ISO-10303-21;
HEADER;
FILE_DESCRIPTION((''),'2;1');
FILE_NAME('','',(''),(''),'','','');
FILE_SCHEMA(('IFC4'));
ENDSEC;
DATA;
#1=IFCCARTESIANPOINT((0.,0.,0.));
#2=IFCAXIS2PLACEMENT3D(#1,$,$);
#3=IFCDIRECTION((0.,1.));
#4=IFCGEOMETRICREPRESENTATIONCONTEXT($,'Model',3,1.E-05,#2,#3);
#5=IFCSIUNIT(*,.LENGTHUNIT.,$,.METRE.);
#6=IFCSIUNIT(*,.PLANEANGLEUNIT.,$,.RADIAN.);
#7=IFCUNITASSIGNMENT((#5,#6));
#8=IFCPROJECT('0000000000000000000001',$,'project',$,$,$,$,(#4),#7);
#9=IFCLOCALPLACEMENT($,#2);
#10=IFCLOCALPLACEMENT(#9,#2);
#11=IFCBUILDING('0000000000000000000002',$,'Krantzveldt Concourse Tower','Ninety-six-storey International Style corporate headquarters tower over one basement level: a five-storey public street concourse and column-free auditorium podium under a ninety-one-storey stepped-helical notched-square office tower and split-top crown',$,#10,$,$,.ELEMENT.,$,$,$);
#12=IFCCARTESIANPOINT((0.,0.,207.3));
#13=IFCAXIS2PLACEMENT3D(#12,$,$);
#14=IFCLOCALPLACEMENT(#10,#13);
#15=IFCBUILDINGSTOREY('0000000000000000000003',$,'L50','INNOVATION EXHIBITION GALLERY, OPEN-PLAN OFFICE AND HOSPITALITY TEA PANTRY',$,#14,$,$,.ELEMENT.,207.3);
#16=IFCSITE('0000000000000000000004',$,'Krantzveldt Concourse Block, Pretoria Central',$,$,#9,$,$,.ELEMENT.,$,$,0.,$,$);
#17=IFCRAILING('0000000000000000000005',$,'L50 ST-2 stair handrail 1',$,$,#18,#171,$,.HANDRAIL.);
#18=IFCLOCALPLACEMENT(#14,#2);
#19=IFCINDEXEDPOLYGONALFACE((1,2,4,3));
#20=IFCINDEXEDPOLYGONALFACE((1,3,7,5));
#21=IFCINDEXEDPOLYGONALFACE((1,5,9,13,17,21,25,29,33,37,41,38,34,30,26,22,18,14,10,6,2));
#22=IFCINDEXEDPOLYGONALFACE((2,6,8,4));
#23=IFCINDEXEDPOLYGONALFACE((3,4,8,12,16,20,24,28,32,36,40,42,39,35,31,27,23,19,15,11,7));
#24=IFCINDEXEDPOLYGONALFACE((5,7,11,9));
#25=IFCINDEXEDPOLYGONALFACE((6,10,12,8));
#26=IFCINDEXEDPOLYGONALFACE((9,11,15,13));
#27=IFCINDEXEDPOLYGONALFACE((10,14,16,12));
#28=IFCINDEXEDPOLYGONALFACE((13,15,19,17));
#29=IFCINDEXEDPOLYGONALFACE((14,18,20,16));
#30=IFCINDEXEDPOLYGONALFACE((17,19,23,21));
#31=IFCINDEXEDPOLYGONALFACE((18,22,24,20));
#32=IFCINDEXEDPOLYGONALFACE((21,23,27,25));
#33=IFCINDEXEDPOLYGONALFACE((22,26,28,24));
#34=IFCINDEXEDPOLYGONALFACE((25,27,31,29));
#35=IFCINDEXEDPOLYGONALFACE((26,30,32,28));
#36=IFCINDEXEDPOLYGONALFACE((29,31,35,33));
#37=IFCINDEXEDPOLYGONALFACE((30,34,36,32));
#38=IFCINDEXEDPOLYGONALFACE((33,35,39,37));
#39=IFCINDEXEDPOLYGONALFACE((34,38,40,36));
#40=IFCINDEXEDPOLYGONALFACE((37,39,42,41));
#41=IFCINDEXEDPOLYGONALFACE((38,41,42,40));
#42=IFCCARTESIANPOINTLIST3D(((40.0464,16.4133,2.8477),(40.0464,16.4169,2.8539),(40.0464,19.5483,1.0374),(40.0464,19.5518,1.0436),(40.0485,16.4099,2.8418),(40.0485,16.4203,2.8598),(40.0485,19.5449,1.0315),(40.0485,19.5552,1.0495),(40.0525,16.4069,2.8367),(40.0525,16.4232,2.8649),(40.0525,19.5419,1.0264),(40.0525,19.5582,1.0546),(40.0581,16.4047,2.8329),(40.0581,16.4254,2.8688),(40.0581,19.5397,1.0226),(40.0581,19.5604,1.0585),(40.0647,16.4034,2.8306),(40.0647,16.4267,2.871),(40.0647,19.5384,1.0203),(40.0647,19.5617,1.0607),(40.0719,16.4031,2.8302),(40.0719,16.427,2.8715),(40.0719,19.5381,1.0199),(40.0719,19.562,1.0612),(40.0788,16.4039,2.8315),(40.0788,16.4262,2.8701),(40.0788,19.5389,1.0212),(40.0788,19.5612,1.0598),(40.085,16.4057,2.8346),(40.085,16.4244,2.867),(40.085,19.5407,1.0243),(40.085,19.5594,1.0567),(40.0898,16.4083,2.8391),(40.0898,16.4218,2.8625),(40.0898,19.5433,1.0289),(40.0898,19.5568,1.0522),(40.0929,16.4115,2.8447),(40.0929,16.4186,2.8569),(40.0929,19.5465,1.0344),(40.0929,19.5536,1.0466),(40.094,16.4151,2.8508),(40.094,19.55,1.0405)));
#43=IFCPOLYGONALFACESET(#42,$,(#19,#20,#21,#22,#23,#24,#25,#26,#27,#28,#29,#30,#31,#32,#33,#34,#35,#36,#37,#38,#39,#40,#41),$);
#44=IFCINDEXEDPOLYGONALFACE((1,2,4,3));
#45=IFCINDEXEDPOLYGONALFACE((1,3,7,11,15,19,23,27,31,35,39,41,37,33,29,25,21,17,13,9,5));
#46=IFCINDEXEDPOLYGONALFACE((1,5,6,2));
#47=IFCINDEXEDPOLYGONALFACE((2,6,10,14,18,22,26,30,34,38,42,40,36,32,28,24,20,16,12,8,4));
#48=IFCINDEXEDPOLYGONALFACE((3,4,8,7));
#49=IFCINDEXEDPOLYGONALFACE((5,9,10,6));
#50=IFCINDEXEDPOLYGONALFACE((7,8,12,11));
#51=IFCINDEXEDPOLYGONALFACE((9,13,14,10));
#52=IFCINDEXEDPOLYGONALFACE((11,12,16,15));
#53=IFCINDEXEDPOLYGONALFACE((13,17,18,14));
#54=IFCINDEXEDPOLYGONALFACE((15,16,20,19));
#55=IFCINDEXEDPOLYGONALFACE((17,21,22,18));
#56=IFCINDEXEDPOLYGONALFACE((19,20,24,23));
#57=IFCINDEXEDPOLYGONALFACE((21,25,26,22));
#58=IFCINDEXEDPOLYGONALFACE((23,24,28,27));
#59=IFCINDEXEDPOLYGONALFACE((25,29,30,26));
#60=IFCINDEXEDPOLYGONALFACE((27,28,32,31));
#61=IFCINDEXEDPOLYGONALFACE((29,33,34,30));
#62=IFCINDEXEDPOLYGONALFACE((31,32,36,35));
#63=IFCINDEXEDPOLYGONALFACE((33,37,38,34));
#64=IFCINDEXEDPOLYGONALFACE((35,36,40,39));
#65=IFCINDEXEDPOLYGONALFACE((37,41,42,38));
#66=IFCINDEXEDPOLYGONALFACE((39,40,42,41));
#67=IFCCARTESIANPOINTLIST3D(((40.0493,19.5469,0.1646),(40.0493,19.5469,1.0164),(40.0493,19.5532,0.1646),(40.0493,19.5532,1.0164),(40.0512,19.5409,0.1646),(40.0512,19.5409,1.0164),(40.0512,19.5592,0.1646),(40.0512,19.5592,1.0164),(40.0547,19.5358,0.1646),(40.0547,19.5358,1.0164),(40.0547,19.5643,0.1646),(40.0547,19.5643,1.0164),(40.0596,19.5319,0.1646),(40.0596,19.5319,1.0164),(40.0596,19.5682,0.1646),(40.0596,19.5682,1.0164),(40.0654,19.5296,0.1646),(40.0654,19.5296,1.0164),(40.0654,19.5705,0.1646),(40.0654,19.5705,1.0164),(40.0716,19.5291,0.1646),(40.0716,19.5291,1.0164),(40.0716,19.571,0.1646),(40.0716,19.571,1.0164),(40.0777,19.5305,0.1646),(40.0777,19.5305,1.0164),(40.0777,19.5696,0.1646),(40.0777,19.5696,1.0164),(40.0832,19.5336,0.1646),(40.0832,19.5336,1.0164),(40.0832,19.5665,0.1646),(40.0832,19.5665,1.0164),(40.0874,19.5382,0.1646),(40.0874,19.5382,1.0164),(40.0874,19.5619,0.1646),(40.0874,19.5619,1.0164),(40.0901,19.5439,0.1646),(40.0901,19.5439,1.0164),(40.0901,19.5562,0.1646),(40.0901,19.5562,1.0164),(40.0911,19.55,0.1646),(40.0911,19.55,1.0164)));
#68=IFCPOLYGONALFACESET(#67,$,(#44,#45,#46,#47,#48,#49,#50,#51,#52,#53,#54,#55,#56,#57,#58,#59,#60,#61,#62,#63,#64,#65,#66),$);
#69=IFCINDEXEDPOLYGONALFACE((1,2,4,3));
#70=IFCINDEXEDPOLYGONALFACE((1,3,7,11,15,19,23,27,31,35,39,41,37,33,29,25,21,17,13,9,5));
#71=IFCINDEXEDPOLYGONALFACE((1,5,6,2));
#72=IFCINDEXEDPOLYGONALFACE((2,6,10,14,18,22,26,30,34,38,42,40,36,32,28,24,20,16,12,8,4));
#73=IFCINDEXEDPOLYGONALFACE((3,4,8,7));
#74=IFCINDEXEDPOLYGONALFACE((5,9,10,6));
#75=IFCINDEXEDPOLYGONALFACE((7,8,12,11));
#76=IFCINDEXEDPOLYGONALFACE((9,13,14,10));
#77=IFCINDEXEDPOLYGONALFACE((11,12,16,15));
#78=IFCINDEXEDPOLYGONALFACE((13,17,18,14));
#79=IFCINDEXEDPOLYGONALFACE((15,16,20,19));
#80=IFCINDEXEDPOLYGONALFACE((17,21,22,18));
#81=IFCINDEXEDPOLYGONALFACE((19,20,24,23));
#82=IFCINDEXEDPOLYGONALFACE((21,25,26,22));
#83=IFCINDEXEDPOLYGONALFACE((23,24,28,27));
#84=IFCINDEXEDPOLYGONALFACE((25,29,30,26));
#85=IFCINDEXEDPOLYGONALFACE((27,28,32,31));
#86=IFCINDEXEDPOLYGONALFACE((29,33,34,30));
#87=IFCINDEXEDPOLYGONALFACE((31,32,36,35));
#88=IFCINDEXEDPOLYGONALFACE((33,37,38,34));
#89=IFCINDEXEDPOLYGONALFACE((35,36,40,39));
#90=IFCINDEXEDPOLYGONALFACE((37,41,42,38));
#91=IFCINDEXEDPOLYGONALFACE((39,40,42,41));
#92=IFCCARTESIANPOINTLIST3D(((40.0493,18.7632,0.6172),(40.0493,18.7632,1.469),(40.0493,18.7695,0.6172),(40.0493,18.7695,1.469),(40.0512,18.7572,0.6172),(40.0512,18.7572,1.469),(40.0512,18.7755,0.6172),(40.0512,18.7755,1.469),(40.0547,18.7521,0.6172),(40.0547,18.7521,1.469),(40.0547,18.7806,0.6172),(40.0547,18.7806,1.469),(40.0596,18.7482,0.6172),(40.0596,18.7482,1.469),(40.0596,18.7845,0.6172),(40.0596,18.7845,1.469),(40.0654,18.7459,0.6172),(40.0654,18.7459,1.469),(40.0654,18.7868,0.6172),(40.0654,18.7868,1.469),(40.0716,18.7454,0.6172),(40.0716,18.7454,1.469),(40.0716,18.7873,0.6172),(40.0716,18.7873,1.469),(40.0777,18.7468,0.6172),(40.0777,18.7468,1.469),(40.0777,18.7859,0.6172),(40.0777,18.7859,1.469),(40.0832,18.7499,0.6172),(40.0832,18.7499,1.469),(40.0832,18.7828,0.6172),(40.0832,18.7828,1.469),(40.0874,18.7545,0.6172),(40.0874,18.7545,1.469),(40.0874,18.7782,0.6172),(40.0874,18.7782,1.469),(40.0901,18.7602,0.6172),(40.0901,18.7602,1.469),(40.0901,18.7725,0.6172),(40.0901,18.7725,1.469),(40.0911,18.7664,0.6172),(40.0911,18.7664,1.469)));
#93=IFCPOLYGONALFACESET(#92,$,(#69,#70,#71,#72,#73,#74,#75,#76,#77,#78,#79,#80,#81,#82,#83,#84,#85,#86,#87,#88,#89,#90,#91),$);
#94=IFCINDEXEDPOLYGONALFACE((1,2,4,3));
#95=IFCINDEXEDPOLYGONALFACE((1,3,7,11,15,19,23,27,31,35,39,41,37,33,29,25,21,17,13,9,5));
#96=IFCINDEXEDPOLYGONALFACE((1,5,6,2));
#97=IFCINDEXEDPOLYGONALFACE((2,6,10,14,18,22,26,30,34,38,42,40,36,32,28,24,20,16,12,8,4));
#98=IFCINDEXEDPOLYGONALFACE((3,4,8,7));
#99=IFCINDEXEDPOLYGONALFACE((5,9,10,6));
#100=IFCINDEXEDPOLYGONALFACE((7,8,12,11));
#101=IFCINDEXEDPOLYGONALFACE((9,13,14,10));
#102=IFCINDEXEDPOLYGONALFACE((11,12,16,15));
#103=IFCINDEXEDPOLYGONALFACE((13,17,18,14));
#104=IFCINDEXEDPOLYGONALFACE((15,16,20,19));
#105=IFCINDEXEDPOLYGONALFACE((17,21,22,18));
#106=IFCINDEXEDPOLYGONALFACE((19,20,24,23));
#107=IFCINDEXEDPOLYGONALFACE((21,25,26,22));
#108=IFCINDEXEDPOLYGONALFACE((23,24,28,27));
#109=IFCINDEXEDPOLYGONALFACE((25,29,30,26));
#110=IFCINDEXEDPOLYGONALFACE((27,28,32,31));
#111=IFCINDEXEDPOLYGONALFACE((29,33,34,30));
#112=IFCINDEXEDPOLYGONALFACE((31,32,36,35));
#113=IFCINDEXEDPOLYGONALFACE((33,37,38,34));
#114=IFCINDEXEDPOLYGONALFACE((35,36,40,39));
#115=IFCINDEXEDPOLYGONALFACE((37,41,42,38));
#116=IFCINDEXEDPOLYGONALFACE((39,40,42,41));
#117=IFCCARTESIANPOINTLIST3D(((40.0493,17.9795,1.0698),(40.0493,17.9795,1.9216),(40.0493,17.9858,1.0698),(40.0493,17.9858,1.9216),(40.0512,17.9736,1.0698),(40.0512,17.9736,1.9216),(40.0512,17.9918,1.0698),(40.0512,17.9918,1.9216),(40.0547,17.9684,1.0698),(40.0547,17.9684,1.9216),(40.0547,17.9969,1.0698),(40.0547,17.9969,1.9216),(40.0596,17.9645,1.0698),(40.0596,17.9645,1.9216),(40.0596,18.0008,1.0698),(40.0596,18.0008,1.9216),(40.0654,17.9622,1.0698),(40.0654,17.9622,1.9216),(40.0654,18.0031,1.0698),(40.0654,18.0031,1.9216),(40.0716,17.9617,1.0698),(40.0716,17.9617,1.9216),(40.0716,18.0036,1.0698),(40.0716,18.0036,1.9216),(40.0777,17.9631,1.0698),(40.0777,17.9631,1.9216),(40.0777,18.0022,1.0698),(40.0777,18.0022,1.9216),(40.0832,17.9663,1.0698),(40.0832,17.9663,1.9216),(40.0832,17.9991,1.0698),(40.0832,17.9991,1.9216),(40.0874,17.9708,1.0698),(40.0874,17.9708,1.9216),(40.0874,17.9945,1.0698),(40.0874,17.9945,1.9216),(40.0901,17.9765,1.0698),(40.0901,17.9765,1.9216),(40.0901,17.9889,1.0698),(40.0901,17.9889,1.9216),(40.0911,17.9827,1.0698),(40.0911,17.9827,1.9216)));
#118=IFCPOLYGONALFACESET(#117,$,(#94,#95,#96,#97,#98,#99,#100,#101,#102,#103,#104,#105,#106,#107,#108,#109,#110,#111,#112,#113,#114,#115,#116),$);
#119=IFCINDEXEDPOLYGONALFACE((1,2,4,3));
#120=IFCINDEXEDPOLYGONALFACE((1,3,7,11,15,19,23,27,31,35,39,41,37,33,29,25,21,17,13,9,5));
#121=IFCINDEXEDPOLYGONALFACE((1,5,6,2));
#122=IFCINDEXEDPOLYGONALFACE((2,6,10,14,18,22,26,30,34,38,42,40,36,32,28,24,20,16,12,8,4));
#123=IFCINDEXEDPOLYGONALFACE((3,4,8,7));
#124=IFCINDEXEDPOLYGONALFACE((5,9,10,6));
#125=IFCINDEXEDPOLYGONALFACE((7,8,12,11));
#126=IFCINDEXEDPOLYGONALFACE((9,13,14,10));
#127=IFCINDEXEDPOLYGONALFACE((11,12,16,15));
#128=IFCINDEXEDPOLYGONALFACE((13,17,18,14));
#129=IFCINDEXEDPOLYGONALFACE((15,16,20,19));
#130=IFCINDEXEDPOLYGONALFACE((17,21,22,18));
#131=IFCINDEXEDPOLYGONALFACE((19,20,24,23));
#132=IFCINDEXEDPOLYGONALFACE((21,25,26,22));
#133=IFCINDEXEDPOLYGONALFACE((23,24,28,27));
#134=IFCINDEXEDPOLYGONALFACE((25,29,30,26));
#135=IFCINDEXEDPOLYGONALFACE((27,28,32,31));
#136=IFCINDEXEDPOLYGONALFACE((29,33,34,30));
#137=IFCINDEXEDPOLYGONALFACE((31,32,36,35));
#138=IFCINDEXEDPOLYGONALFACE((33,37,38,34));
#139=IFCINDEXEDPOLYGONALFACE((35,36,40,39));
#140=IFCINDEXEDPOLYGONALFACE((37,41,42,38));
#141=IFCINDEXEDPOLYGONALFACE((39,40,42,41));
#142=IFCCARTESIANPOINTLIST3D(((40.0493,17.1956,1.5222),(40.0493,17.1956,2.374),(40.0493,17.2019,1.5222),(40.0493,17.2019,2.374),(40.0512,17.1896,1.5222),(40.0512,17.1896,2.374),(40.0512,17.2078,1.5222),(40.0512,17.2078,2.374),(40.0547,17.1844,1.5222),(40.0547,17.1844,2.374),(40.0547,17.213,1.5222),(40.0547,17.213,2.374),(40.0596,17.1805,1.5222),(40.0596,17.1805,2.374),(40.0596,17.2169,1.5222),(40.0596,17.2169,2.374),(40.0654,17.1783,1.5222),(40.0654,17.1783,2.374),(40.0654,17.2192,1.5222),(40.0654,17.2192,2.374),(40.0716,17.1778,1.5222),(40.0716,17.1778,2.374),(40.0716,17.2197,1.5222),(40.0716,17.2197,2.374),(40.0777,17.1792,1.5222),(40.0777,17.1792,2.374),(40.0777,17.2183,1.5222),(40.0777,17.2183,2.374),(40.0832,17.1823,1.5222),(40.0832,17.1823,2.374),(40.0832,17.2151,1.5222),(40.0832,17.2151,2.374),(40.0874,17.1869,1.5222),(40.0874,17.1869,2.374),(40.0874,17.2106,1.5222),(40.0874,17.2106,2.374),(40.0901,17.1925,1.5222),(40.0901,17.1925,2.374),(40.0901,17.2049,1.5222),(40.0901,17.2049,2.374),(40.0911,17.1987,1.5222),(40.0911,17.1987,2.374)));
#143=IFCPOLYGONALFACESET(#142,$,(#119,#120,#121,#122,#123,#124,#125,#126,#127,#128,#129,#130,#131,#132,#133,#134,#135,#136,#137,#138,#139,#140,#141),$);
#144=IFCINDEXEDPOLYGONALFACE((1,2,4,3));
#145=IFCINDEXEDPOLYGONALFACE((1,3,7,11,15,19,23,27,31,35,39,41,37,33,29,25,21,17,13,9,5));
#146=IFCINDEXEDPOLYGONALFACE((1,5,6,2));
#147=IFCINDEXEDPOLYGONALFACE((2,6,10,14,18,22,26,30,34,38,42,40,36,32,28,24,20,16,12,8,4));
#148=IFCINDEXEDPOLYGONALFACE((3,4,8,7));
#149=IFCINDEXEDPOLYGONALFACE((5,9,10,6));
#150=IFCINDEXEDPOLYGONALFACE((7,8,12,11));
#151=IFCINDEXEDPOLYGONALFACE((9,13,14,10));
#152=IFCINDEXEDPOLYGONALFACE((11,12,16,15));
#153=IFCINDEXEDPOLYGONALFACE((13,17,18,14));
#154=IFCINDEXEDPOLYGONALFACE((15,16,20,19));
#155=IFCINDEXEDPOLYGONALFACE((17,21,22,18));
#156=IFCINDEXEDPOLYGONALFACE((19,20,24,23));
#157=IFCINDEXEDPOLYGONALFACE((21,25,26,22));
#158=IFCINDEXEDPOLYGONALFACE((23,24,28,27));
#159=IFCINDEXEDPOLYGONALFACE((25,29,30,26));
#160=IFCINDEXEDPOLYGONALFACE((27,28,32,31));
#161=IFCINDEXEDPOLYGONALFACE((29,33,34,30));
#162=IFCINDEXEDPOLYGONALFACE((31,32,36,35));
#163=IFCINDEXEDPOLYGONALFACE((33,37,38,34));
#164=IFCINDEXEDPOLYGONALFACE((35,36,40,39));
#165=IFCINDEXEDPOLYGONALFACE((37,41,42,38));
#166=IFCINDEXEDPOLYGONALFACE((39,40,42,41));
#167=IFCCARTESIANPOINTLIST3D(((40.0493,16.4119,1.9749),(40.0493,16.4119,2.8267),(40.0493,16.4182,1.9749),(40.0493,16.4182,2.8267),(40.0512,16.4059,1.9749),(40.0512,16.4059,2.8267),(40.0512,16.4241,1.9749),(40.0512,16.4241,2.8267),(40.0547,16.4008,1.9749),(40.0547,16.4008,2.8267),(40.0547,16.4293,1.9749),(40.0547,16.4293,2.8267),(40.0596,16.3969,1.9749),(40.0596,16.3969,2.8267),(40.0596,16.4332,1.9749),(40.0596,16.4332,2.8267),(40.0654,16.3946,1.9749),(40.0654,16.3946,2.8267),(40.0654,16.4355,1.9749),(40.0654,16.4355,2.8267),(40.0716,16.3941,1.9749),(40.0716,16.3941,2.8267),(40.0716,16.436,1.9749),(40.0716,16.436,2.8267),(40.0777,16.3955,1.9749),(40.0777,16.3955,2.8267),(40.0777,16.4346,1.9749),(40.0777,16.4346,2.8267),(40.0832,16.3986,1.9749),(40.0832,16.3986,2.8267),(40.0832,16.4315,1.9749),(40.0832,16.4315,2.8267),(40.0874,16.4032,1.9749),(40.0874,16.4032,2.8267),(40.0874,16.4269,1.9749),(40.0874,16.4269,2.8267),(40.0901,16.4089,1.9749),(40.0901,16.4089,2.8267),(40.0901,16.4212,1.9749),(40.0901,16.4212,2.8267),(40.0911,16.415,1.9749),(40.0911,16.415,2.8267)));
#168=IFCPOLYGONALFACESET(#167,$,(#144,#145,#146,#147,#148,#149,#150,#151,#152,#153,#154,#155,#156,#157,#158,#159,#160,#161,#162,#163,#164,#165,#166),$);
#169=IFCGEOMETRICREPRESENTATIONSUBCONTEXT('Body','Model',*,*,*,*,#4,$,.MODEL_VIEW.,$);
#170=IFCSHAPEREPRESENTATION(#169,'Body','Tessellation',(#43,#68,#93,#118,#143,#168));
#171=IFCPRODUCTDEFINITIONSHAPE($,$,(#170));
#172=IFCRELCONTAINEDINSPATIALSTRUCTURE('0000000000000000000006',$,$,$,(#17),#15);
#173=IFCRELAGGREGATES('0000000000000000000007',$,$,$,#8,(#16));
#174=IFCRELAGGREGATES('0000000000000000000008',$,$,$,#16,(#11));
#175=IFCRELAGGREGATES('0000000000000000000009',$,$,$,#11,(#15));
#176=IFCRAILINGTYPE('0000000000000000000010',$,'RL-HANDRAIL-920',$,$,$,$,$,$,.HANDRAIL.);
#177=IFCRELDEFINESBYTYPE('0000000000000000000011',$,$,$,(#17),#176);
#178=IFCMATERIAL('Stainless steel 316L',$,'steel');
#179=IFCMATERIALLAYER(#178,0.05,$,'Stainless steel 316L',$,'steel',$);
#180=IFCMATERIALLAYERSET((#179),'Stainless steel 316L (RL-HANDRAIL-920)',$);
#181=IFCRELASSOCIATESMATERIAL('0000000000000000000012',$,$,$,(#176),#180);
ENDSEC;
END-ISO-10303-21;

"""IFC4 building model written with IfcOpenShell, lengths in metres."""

from ifc_helpers import new_model, si_unit, direction, frame, origin, origin_2d, place, context, subcontext, project, spatial, circle, extrude, material, layer, layer_set, type_object, element, save


model = new_model("IFC4")

# Units and contexts
model_context = context("Model", 3, precision=1e-05, world=origin(), true_north=direction((0.0, 1.0)))
body_context = subcontext(model_context, "Body", "Model", "MODEL_VIEW")
ifc_project = project(units=[si_unit("LENGTHUNIT", "METRE"), si_unit("PLANEANGLEUNIT", "RADIAN")], contexts=[model_context])

# Site, building, storey
site_placement = place(None, origin())
site = spatial("IfcSite", under=ifc_project, at=site_placement, Name="Krantzveldt Concourse Block, Pretoria Central", CompositionType="ELEMENT", RefElevation=0.0)
building_placement = place(site_placement, origin())
building = spatial("IfcBuilding", under=site, at=building_placement, Name="Krantzveldt Concourse Tower", Description="Ninety-six-storey International Style corporate headquarters tower over one basement level: a five-storey public street concourse and column-free auditorium podium under a ninety-one-storey stepped-helical notched-square office tower and split-top crown", CompositionType="ELEMENT")
storey_placement = place(building_placement, frame((0.0, 0.0, 207.3)))
storey = spatial("IfcBuildingStorey", under=building, at=storey_placement, Name="L50", Description="INNOVATION EXHIBITION GALLERY, OPEN-PLAN OFFICE AND HOSPITALITY TEA PANTRY", CompositionType="ELEMENT", Elevation=207.3)

# Shared definitions
ifc_material_1 = material(Name="Stainless steel 316L", Category="steel")

# Railing
ifc_layer_1 = layer(ifc_material_1, 0.05, Name="Stainless steel 316L", Category="steel")
ifc_layer_set_1 = layer_set([ifc_layer_1], Name="Stainless steel 316L (RL-HANDRAIL-920)")
railing_type_1 = type_object("IfcRailingType", Name="RL-HANDRAIL-920", PredefinedType="HANDRAIL", material=ifc_layer_set_1)
railing_1_placement = place(storey_placement, frame((40.0701, 19.55, 0.1646)))
element("IfcRailing", 1, at=railing_1_placement, inside=storey, type_object=railing_type_1, Name="L50 ST-2 stair handrail 1", PredefinedType="HANDRAIL", context=body_context, shape_type="SweptSolid", body=[
    extrude(circle(Radius=0.0239, at=origin_2d()), frame((0.0, 0.0, 0.876), z_axis=(0.0, -0.865989, 0.500063), x_axis=(1.0, 0.0, 0.0)), (0.0, 0.0, 1.0), 3.6201),
    extrude(circle(Radius=0.021, at=origin_2d()), origin(), (0.0, 0.0, 1.0), 0.8518),
    extrude(circle(Radius=0.021, at=origin_2d()), frame((0.0, -0.7837, 0.4526)), (0.0, 0.0, 1.0), 0.8518),
    extrude(circle(Radius=0.021, at=origin_2d()), frame((0.0, -1.5674, 0.9053)), (0.0, 0.0, 1.0), 0.8518),
    extrude(circle(Radius=0.021, at=origin_2d()), frame((0.0, -2.3513, 1.3577)), (0.0, 0.0, 1.0), 0.8518),
    extrude(circle(Radius=0.021, at=origin_2d()), frame((0.0, -3.135, 1.8103)), (0.0, 0.0, 1.0), 0.8518),
])

save(model, "model.ifc")
